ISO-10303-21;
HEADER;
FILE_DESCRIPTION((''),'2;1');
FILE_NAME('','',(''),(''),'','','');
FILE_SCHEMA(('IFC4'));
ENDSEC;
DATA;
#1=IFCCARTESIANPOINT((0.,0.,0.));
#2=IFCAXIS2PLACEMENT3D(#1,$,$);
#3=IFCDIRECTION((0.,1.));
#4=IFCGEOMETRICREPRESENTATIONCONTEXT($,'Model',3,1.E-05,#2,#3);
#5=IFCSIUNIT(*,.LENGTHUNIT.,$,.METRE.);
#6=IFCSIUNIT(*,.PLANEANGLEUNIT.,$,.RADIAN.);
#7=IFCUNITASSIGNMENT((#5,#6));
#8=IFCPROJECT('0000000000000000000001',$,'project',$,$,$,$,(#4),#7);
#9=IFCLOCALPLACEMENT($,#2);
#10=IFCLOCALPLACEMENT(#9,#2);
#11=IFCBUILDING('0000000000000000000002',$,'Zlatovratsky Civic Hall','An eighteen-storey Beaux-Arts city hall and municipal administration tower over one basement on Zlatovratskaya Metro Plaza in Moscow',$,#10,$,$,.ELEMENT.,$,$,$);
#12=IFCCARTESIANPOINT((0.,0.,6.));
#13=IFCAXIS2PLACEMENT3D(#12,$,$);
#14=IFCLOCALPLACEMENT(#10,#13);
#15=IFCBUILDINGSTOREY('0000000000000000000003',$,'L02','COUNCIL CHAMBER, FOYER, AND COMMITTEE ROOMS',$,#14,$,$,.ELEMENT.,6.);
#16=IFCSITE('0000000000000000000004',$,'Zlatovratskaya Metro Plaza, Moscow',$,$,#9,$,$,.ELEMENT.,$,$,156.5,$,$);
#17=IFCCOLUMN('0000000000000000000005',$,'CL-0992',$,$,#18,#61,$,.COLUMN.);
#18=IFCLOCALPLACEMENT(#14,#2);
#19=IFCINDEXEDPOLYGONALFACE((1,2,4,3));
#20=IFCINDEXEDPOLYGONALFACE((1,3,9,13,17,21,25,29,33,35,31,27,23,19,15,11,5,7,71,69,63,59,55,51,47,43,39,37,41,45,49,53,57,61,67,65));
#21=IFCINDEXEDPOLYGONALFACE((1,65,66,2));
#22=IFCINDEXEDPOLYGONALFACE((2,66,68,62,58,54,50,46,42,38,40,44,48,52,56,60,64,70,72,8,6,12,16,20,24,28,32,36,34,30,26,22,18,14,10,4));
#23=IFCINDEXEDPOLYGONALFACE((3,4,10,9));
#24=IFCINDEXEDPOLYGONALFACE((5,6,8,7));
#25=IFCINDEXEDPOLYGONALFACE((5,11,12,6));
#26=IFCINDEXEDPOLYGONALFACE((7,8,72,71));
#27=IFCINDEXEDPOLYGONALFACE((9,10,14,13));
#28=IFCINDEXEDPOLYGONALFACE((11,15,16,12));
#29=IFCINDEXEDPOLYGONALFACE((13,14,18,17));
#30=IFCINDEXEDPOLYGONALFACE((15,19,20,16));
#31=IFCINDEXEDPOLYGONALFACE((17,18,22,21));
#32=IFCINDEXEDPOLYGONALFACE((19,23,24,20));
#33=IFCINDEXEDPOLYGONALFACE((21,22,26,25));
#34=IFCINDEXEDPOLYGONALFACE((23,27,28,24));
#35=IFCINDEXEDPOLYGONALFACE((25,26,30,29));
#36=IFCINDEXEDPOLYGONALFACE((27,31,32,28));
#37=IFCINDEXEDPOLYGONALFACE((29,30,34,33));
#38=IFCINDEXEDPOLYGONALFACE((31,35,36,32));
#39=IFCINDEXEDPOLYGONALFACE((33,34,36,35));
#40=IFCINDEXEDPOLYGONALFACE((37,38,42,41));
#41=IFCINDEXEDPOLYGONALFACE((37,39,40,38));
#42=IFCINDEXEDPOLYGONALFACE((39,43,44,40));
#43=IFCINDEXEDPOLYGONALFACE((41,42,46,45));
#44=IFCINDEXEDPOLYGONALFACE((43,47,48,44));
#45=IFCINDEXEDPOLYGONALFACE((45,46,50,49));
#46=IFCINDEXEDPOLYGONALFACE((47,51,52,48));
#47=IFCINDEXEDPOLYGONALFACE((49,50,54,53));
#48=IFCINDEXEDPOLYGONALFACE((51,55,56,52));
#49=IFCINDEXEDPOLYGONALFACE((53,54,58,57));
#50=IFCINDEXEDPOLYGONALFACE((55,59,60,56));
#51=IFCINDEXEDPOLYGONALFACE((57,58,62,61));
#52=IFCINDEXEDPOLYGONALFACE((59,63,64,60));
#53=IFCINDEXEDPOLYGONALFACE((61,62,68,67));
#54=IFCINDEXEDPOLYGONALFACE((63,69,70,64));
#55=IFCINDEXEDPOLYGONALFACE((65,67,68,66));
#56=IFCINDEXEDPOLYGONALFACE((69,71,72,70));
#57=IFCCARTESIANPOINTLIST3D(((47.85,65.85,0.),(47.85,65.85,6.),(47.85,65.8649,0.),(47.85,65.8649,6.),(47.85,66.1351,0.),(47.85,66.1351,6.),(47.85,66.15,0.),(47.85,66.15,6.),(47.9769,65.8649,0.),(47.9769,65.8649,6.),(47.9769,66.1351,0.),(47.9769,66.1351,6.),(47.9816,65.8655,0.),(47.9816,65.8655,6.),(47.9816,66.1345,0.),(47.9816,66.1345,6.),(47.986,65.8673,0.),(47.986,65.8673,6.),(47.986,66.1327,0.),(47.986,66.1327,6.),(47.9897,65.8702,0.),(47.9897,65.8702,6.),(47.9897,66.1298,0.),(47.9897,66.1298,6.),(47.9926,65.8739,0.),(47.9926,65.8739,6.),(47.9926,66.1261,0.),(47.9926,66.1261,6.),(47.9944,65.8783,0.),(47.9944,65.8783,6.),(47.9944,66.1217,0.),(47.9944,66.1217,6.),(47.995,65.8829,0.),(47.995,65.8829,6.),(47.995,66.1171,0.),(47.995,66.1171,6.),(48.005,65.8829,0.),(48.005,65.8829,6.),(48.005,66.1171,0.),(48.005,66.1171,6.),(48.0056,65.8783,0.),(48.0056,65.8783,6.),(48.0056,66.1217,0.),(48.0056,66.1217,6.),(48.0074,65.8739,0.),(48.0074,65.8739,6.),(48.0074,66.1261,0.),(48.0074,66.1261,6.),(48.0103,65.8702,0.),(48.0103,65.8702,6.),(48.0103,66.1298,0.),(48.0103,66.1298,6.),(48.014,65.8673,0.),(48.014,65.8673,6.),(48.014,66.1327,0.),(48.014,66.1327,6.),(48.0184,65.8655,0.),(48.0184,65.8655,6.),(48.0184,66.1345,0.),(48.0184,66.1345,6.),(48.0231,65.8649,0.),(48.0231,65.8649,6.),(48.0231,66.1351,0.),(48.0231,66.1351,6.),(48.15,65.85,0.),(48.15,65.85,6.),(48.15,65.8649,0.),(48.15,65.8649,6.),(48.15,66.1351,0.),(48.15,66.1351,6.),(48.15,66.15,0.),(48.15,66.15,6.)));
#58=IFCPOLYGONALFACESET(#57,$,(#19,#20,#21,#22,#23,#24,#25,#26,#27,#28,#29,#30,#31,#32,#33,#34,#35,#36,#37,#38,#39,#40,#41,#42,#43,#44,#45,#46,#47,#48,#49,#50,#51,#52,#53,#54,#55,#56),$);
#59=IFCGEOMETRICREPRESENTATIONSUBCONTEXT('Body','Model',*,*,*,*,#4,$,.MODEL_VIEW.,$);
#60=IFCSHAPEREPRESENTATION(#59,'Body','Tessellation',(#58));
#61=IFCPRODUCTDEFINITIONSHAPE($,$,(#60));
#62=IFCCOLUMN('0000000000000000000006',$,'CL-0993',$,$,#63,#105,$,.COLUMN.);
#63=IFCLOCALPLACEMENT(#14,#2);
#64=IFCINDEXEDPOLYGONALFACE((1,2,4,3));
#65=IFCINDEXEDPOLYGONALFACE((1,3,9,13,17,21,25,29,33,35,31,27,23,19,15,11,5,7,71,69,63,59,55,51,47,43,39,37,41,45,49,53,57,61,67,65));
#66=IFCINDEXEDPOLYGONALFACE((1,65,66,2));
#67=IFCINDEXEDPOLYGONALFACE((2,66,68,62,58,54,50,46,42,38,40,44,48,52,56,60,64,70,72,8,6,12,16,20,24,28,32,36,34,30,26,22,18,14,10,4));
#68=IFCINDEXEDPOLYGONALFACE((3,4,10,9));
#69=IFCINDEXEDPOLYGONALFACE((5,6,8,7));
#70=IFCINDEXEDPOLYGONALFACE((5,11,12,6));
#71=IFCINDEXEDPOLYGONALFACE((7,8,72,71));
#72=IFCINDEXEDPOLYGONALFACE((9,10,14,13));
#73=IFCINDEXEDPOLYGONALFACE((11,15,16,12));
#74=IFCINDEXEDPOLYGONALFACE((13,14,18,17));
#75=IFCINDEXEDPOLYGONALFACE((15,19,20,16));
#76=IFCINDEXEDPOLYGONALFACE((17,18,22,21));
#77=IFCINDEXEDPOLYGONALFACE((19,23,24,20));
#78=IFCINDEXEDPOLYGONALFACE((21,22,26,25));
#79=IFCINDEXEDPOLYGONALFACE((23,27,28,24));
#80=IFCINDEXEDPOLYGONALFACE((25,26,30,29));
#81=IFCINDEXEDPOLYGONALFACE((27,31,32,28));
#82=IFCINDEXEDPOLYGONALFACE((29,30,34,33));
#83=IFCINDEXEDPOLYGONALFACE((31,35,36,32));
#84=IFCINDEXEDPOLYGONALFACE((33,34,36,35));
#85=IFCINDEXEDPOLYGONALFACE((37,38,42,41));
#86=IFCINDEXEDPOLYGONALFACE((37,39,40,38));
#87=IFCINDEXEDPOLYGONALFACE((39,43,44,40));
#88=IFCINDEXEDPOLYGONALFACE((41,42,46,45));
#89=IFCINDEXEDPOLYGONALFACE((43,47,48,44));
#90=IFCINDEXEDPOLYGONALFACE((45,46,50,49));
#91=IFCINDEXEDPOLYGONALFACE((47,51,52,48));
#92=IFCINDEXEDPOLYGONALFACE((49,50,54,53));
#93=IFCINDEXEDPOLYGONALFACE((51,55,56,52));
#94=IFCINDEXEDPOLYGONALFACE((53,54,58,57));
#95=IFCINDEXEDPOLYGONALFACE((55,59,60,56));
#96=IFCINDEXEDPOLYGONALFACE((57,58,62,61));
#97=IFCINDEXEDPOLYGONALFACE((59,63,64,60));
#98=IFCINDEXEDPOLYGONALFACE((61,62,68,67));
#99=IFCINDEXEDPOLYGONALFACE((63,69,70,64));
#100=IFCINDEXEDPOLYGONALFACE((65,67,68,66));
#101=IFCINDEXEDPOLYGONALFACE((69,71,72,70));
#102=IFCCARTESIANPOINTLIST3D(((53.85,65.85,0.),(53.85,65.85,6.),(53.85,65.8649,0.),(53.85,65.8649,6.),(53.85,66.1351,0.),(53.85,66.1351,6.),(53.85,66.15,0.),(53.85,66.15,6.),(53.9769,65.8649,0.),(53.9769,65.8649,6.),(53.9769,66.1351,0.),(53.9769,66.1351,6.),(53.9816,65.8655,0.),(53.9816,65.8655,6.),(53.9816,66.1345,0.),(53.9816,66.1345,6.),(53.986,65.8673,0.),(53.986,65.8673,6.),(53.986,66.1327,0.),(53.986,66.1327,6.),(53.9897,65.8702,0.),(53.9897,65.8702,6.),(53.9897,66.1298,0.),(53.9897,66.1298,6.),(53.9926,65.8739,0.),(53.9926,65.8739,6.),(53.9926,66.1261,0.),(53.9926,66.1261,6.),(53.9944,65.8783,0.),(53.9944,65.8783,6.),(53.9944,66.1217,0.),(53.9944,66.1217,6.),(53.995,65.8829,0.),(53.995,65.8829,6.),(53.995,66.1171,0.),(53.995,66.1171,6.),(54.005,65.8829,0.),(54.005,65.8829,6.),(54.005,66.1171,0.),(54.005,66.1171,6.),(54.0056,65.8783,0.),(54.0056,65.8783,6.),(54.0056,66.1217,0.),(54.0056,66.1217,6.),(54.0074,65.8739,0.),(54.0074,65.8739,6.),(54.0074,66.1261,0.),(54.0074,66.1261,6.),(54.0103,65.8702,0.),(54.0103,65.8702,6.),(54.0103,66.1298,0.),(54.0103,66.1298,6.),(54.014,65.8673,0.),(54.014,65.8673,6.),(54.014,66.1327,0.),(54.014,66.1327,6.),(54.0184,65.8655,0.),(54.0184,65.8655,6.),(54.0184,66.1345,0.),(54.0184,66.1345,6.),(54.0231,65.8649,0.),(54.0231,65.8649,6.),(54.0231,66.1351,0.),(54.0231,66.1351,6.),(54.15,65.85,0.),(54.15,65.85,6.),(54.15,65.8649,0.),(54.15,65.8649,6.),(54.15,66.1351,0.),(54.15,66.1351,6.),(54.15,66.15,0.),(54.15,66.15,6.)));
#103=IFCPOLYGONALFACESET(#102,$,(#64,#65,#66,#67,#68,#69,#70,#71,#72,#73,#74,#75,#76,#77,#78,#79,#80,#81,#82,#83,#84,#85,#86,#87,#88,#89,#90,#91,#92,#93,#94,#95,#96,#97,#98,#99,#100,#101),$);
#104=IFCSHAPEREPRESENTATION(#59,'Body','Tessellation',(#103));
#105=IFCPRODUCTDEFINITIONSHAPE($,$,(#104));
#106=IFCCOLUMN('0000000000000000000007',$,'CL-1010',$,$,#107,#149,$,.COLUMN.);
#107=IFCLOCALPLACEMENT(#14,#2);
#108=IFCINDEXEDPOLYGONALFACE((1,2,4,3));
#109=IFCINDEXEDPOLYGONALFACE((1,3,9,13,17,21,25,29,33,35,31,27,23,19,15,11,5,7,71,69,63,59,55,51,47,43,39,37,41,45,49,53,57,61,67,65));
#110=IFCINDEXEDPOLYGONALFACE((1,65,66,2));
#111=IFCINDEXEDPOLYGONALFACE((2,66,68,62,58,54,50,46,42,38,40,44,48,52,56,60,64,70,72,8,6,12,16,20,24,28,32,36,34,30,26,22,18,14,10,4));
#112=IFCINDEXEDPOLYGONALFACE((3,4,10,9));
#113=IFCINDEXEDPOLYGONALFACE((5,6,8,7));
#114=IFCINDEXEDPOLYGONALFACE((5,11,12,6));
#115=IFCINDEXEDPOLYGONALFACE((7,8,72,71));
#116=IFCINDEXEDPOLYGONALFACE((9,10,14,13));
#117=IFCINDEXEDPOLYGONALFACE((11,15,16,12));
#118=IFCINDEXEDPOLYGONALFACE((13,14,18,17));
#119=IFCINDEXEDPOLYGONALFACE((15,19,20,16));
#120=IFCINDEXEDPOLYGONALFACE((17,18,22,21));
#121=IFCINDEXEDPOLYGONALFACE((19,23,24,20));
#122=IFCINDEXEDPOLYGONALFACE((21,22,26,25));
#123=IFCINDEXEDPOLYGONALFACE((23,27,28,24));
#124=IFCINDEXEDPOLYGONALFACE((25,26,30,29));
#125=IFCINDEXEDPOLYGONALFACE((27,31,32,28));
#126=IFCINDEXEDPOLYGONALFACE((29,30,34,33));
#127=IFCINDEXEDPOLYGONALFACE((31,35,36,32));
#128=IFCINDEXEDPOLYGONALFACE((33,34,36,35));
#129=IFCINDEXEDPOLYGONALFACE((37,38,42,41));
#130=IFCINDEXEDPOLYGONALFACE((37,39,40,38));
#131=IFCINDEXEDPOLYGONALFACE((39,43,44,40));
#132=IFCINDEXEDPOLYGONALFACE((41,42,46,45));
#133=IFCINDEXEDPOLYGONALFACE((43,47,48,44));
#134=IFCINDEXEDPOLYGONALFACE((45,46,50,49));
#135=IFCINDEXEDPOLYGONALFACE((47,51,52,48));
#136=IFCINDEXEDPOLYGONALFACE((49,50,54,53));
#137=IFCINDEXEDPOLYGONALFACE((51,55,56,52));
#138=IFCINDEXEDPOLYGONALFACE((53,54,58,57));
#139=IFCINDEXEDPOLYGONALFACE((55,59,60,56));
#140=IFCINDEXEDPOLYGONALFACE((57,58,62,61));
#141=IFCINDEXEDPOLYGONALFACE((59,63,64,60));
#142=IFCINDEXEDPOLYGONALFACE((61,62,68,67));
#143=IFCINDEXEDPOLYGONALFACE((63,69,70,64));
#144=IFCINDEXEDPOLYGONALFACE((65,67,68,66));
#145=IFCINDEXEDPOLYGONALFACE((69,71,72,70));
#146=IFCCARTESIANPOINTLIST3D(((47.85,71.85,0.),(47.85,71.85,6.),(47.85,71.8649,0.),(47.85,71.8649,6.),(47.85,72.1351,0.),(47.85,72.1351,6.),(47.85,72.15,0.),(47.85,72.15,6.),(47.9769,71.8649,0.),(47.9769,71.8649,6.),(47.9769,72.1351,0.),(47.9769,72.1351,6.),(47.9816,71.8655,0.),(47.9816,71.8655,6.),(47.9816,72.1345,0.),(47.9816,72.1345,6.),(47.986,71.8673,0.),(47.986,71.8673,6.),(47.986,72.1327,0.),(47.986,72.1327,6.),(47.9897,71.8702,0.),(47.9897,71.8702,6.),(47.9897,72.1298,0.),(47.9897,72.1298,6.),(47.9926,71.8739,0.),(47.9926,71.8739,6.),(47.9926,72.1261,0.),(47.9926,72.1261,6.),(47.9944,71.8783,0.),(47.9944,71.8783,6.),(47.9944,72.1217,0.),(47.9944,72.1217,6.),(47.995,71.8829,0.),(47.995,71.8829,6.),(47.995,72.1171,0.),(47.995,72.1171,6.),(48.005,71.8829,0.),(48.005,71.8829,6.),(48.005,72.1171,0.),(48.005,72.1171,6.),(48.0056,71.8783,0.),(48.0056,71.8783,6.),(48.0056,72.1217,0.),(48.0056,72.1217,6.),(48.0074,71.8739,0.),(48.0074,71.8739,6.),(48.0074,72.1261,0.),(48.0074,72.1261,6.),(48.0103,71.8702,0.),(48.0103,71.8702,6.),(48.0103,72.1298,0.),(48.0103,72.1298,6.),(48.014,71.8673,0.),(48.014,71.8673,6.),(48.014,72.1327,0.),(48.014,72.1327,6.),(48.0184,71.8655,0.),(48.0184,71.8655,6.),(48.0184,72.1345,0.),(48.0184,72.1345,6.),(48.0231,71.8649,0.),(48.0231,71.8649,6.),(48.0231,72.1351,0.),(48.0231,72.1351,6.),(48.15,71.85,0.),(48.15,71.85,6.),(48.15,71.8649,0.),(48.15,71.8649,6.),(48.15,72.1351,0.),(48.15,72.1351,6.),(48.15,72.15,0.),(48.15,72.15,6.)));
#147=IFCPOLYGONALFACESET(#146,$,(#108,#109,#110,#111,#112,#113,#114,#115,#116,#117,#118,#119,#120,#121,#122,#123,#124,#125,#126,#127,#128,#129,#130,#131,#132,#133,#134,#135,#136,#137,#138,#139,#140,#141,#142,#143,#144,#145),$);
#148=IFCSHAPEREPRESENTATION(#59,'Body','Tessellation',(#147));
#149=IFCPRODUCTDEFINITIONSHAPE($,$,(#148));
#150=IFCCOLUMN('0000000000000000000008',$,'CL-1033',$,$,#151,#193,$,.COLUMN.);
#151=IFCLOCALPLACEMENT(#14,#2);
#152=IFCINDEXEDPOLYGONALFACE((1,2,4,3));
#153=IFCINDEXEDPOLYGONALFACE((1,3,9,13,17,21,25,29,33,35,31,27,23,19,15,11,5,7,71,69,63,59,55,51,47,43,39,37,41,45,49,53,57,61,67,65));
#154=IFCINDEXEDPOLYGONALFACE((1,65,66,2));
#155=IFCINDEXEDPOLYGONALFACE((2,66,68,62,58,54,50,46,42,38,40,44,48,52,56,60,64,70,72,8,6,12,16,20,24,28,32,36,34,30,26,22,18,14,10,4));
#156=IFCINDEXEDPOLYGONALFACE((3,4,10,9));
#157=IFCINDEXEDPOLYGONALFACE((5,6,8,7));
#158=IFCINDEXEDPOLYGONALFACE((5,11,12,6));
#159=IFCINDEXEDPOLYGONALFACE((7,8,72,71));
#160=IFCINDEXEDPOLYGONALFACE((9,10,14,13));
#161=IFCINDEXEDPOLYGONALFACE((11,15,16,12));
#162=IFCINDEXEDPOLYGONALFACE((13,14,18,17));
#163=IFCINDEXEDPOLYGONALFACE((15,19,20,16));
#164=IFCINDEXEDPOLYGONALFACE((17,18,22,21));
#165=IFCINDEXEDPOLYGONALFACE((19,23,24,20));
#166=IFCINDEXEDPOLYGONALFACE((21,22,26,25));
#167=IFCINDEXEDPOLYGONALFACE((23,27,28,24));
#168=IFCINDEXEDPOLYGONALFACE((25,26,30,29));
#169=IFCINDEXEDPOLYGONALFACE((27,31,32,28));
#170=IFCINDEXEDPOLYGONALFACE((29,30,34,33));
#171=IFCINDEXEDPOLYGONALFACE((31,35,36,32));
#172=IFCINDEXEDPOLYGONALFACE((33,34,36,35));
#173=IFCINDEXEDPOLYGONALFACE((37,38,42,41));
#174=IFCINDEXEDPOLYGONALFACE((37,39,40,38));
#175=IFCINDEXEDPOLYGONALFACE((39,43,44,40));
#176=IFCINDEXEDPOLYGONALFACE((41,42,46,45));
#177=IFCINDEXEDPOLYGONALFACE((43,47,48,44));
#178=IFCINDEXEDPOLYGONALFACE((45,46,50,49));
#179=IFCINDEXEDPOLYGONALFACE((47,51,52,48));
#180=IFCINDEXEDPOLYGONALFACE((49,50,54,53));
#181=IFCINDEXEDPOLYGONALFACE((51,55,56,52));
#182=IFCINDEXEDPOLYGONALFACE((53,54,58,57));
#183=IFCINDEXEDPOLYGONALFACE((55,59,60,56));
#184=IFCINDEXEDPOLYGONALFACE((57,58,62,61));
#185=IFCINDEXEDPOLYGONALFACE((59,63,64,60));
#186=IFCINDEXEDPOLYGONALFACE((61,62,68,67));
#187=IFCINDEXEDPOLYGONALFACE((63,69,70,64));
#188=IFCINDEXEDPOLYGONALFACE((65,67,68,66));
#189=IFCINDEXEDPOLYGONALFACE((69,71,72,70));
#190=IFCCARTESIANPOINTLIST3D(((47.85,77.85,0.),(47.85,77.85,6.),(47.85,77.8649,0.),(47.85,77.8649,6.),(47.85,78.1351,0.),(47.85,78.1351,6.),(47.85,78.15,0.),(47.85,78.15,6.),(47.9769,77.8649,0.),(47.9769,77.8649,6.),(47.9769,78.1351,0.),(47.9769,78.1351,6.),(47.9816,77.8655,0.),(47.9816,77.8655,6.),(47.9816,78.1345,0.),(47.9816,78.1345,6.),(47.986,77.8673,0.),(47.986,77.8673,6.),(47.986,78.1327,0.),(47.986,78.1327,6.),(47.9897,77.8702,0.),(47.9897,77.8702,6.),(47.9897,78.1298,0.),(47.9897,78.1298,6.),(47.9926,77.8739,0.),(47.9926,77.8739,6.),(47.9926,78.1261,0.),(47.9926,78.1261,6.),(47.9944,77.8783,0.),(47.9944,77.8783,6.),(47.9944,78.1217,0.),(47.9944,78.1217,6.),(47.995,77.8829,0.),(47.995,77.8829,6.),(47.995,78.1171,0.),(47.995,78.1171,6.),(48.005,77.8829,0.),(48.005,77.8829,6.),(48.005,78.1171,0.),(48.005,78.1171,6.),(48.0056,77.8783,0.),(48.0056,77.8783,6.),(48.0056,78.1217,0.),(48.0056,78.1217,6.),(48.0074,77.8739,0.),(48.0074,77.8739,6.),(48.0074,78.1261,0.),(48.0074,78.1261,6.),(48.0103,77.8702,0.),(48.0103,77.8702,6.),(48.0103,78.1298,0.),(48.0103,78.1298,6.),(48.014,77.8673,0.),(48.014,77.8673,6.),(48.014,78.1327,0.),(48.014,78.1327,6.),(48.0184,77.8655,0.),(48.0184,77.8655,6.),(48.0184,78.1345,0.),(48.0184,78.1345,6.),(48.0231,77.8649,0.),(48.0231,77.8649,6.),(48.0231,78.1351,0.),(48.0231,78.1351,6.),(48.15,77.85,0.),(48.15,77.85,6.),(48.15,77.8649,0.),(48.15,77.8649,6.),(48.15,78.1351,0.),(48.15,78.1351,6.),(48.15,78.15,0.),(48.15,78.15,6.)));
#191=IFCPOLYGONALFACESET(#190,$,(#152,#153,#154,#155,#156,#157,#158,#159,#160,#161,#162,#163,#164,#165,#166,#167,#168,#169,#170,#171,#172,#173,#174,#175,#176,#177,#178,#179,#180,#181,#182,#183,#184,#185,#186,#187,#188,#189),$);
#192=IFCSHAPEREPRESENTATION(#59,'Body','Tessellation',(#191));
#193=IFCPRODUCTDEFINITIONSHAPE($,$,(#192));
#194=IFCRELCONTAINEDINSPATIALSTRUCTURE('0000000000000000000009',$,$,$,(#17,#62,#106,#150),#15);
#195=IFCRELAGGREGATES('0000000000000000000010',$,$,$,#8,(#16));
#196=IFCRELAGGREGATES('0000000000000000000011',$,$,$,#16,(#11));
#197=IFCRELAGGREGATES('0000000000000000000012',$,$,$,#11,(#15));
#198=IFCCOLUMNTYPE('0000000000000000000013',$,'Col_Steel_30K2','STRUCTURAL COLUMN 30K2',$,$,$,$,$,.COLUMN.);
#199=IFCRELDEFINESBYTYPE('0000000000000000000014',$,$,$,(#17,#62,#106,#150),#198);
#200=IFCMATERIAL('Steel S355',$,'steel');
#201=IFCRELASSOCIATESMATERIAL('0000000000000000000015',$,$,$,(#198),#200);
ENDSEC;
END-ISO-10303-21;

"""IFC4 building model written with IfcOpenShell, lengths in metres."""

from ifc_helpers import new_model, si_unit, direction, frame, origin, origin_2d, place, context, subcontext, project, spatial, i_section, extrude, material, material_profile, profile_set, type_object, element, save


model = new_model("IFC4")

# Units and contexts
model_context = context("Model", 3, precision=1e-05, world=origin(), true_north=direction((0.0, 1.0)))
body_context = subcontext(model_context, "Body", "Model", "MODEL_VIEW")
ifc_project = project(units=[si_unit("LENGTHUNIT", "METRE"), si_unit("PLANEANGLEUNIT", "RADIAN")], contexts=[model_context])

# Site, building, storey
site_placement = place(None, origin())
site = spatial("IfcSite", under=ifc_project, at=site_placement, Name="Zlatovratskaya Metro Plaza, Moscow", CompositionType="ELEMENT", RefElevation=156.5)
building_placement = place(site_placement, origin())
building = spatial("IfcBuilding", under=site, at=building_placement, Name="Zlatovratsky Civic Hall", Description="An eighteen-storey Beaux-Arts city hall and municipal administration tower over one basement on Zlatovratskaya Metro Plaza in Moscow", CompositionType="ELEMENT")
storey_placement = place(building_placement, frame((0.0, 0.0, 6.0)))
storey = spatial("IfcBuildingStorey", under=building, at=storey_placement, Name="L02", Description="COUNCIL CHAMBER, FOYER, AND COMMITTEE ROOMS", CompositionType="ELEMENT", Elevation=6.0)

# Columns
ifc_material_1 = material(Name="Steel S355", Category="steel")
ifc_material_profile_1 = material_profile(ifc_material_1, i_section(OverallWidth=0.3, OverallDepth=0.3, WebThickness=0.01, FlangeThickness=0.0149, FilletRadius=0.0181, at=origin_2d()), Name="30K2")
ifc_profile_set_1 = profile_set([ifc_material_profile_1], Name="Steel S355")
column_type_1 = type_object("IfcColumnType", Name="Col_Steel_30K2", Description="STRUCTURAL COLUMN 30K2", PredefinedType="COLUMN", material=ifc_profile_set_1)
for number, where, z_axis, x_axis, name in (
    (1, (48.0, 66.0, 0.0), (0.0, 0.0, 1.0), (1.0, 0.0, 0.0), "CL-0992"),
    (2, (54.0, 66.0, 0.0), (0.0, 0.0, 1.0), (1.0, 0.0, 0.0), "CL-0993"),
    (3, (48.0, 72.0, 0.0), (0.0, 0.0, 1.0), (1.0, 0.0, 0.0), "CL-1010"),
    (4, (48.0, 78.0, 0.0), (0.0, 0.0, 1.0), (1.0, 0.0, 0.0), "CL-1033"),
):
    element("IfcColumn", number, at=place(storey_placement, frame(where, z_axis=z_axis, x_axis=x_axis)), inside=storey, type_object=column_type_1, Name=name, PredefinedType="COLUMN", context=body_context, shape_type="SweptSolid", body=[
        extrude(i_section(OverallWidth=0.3, OverallDepth=0.3, WebThickness=0.01, FlangeThickness=0.0149, FilletRadius=0.0181, at=origin_2d()), origin(), (0.0, 0.0, 1.0), 6.0),
    ])

save(model, "model.ifc")
